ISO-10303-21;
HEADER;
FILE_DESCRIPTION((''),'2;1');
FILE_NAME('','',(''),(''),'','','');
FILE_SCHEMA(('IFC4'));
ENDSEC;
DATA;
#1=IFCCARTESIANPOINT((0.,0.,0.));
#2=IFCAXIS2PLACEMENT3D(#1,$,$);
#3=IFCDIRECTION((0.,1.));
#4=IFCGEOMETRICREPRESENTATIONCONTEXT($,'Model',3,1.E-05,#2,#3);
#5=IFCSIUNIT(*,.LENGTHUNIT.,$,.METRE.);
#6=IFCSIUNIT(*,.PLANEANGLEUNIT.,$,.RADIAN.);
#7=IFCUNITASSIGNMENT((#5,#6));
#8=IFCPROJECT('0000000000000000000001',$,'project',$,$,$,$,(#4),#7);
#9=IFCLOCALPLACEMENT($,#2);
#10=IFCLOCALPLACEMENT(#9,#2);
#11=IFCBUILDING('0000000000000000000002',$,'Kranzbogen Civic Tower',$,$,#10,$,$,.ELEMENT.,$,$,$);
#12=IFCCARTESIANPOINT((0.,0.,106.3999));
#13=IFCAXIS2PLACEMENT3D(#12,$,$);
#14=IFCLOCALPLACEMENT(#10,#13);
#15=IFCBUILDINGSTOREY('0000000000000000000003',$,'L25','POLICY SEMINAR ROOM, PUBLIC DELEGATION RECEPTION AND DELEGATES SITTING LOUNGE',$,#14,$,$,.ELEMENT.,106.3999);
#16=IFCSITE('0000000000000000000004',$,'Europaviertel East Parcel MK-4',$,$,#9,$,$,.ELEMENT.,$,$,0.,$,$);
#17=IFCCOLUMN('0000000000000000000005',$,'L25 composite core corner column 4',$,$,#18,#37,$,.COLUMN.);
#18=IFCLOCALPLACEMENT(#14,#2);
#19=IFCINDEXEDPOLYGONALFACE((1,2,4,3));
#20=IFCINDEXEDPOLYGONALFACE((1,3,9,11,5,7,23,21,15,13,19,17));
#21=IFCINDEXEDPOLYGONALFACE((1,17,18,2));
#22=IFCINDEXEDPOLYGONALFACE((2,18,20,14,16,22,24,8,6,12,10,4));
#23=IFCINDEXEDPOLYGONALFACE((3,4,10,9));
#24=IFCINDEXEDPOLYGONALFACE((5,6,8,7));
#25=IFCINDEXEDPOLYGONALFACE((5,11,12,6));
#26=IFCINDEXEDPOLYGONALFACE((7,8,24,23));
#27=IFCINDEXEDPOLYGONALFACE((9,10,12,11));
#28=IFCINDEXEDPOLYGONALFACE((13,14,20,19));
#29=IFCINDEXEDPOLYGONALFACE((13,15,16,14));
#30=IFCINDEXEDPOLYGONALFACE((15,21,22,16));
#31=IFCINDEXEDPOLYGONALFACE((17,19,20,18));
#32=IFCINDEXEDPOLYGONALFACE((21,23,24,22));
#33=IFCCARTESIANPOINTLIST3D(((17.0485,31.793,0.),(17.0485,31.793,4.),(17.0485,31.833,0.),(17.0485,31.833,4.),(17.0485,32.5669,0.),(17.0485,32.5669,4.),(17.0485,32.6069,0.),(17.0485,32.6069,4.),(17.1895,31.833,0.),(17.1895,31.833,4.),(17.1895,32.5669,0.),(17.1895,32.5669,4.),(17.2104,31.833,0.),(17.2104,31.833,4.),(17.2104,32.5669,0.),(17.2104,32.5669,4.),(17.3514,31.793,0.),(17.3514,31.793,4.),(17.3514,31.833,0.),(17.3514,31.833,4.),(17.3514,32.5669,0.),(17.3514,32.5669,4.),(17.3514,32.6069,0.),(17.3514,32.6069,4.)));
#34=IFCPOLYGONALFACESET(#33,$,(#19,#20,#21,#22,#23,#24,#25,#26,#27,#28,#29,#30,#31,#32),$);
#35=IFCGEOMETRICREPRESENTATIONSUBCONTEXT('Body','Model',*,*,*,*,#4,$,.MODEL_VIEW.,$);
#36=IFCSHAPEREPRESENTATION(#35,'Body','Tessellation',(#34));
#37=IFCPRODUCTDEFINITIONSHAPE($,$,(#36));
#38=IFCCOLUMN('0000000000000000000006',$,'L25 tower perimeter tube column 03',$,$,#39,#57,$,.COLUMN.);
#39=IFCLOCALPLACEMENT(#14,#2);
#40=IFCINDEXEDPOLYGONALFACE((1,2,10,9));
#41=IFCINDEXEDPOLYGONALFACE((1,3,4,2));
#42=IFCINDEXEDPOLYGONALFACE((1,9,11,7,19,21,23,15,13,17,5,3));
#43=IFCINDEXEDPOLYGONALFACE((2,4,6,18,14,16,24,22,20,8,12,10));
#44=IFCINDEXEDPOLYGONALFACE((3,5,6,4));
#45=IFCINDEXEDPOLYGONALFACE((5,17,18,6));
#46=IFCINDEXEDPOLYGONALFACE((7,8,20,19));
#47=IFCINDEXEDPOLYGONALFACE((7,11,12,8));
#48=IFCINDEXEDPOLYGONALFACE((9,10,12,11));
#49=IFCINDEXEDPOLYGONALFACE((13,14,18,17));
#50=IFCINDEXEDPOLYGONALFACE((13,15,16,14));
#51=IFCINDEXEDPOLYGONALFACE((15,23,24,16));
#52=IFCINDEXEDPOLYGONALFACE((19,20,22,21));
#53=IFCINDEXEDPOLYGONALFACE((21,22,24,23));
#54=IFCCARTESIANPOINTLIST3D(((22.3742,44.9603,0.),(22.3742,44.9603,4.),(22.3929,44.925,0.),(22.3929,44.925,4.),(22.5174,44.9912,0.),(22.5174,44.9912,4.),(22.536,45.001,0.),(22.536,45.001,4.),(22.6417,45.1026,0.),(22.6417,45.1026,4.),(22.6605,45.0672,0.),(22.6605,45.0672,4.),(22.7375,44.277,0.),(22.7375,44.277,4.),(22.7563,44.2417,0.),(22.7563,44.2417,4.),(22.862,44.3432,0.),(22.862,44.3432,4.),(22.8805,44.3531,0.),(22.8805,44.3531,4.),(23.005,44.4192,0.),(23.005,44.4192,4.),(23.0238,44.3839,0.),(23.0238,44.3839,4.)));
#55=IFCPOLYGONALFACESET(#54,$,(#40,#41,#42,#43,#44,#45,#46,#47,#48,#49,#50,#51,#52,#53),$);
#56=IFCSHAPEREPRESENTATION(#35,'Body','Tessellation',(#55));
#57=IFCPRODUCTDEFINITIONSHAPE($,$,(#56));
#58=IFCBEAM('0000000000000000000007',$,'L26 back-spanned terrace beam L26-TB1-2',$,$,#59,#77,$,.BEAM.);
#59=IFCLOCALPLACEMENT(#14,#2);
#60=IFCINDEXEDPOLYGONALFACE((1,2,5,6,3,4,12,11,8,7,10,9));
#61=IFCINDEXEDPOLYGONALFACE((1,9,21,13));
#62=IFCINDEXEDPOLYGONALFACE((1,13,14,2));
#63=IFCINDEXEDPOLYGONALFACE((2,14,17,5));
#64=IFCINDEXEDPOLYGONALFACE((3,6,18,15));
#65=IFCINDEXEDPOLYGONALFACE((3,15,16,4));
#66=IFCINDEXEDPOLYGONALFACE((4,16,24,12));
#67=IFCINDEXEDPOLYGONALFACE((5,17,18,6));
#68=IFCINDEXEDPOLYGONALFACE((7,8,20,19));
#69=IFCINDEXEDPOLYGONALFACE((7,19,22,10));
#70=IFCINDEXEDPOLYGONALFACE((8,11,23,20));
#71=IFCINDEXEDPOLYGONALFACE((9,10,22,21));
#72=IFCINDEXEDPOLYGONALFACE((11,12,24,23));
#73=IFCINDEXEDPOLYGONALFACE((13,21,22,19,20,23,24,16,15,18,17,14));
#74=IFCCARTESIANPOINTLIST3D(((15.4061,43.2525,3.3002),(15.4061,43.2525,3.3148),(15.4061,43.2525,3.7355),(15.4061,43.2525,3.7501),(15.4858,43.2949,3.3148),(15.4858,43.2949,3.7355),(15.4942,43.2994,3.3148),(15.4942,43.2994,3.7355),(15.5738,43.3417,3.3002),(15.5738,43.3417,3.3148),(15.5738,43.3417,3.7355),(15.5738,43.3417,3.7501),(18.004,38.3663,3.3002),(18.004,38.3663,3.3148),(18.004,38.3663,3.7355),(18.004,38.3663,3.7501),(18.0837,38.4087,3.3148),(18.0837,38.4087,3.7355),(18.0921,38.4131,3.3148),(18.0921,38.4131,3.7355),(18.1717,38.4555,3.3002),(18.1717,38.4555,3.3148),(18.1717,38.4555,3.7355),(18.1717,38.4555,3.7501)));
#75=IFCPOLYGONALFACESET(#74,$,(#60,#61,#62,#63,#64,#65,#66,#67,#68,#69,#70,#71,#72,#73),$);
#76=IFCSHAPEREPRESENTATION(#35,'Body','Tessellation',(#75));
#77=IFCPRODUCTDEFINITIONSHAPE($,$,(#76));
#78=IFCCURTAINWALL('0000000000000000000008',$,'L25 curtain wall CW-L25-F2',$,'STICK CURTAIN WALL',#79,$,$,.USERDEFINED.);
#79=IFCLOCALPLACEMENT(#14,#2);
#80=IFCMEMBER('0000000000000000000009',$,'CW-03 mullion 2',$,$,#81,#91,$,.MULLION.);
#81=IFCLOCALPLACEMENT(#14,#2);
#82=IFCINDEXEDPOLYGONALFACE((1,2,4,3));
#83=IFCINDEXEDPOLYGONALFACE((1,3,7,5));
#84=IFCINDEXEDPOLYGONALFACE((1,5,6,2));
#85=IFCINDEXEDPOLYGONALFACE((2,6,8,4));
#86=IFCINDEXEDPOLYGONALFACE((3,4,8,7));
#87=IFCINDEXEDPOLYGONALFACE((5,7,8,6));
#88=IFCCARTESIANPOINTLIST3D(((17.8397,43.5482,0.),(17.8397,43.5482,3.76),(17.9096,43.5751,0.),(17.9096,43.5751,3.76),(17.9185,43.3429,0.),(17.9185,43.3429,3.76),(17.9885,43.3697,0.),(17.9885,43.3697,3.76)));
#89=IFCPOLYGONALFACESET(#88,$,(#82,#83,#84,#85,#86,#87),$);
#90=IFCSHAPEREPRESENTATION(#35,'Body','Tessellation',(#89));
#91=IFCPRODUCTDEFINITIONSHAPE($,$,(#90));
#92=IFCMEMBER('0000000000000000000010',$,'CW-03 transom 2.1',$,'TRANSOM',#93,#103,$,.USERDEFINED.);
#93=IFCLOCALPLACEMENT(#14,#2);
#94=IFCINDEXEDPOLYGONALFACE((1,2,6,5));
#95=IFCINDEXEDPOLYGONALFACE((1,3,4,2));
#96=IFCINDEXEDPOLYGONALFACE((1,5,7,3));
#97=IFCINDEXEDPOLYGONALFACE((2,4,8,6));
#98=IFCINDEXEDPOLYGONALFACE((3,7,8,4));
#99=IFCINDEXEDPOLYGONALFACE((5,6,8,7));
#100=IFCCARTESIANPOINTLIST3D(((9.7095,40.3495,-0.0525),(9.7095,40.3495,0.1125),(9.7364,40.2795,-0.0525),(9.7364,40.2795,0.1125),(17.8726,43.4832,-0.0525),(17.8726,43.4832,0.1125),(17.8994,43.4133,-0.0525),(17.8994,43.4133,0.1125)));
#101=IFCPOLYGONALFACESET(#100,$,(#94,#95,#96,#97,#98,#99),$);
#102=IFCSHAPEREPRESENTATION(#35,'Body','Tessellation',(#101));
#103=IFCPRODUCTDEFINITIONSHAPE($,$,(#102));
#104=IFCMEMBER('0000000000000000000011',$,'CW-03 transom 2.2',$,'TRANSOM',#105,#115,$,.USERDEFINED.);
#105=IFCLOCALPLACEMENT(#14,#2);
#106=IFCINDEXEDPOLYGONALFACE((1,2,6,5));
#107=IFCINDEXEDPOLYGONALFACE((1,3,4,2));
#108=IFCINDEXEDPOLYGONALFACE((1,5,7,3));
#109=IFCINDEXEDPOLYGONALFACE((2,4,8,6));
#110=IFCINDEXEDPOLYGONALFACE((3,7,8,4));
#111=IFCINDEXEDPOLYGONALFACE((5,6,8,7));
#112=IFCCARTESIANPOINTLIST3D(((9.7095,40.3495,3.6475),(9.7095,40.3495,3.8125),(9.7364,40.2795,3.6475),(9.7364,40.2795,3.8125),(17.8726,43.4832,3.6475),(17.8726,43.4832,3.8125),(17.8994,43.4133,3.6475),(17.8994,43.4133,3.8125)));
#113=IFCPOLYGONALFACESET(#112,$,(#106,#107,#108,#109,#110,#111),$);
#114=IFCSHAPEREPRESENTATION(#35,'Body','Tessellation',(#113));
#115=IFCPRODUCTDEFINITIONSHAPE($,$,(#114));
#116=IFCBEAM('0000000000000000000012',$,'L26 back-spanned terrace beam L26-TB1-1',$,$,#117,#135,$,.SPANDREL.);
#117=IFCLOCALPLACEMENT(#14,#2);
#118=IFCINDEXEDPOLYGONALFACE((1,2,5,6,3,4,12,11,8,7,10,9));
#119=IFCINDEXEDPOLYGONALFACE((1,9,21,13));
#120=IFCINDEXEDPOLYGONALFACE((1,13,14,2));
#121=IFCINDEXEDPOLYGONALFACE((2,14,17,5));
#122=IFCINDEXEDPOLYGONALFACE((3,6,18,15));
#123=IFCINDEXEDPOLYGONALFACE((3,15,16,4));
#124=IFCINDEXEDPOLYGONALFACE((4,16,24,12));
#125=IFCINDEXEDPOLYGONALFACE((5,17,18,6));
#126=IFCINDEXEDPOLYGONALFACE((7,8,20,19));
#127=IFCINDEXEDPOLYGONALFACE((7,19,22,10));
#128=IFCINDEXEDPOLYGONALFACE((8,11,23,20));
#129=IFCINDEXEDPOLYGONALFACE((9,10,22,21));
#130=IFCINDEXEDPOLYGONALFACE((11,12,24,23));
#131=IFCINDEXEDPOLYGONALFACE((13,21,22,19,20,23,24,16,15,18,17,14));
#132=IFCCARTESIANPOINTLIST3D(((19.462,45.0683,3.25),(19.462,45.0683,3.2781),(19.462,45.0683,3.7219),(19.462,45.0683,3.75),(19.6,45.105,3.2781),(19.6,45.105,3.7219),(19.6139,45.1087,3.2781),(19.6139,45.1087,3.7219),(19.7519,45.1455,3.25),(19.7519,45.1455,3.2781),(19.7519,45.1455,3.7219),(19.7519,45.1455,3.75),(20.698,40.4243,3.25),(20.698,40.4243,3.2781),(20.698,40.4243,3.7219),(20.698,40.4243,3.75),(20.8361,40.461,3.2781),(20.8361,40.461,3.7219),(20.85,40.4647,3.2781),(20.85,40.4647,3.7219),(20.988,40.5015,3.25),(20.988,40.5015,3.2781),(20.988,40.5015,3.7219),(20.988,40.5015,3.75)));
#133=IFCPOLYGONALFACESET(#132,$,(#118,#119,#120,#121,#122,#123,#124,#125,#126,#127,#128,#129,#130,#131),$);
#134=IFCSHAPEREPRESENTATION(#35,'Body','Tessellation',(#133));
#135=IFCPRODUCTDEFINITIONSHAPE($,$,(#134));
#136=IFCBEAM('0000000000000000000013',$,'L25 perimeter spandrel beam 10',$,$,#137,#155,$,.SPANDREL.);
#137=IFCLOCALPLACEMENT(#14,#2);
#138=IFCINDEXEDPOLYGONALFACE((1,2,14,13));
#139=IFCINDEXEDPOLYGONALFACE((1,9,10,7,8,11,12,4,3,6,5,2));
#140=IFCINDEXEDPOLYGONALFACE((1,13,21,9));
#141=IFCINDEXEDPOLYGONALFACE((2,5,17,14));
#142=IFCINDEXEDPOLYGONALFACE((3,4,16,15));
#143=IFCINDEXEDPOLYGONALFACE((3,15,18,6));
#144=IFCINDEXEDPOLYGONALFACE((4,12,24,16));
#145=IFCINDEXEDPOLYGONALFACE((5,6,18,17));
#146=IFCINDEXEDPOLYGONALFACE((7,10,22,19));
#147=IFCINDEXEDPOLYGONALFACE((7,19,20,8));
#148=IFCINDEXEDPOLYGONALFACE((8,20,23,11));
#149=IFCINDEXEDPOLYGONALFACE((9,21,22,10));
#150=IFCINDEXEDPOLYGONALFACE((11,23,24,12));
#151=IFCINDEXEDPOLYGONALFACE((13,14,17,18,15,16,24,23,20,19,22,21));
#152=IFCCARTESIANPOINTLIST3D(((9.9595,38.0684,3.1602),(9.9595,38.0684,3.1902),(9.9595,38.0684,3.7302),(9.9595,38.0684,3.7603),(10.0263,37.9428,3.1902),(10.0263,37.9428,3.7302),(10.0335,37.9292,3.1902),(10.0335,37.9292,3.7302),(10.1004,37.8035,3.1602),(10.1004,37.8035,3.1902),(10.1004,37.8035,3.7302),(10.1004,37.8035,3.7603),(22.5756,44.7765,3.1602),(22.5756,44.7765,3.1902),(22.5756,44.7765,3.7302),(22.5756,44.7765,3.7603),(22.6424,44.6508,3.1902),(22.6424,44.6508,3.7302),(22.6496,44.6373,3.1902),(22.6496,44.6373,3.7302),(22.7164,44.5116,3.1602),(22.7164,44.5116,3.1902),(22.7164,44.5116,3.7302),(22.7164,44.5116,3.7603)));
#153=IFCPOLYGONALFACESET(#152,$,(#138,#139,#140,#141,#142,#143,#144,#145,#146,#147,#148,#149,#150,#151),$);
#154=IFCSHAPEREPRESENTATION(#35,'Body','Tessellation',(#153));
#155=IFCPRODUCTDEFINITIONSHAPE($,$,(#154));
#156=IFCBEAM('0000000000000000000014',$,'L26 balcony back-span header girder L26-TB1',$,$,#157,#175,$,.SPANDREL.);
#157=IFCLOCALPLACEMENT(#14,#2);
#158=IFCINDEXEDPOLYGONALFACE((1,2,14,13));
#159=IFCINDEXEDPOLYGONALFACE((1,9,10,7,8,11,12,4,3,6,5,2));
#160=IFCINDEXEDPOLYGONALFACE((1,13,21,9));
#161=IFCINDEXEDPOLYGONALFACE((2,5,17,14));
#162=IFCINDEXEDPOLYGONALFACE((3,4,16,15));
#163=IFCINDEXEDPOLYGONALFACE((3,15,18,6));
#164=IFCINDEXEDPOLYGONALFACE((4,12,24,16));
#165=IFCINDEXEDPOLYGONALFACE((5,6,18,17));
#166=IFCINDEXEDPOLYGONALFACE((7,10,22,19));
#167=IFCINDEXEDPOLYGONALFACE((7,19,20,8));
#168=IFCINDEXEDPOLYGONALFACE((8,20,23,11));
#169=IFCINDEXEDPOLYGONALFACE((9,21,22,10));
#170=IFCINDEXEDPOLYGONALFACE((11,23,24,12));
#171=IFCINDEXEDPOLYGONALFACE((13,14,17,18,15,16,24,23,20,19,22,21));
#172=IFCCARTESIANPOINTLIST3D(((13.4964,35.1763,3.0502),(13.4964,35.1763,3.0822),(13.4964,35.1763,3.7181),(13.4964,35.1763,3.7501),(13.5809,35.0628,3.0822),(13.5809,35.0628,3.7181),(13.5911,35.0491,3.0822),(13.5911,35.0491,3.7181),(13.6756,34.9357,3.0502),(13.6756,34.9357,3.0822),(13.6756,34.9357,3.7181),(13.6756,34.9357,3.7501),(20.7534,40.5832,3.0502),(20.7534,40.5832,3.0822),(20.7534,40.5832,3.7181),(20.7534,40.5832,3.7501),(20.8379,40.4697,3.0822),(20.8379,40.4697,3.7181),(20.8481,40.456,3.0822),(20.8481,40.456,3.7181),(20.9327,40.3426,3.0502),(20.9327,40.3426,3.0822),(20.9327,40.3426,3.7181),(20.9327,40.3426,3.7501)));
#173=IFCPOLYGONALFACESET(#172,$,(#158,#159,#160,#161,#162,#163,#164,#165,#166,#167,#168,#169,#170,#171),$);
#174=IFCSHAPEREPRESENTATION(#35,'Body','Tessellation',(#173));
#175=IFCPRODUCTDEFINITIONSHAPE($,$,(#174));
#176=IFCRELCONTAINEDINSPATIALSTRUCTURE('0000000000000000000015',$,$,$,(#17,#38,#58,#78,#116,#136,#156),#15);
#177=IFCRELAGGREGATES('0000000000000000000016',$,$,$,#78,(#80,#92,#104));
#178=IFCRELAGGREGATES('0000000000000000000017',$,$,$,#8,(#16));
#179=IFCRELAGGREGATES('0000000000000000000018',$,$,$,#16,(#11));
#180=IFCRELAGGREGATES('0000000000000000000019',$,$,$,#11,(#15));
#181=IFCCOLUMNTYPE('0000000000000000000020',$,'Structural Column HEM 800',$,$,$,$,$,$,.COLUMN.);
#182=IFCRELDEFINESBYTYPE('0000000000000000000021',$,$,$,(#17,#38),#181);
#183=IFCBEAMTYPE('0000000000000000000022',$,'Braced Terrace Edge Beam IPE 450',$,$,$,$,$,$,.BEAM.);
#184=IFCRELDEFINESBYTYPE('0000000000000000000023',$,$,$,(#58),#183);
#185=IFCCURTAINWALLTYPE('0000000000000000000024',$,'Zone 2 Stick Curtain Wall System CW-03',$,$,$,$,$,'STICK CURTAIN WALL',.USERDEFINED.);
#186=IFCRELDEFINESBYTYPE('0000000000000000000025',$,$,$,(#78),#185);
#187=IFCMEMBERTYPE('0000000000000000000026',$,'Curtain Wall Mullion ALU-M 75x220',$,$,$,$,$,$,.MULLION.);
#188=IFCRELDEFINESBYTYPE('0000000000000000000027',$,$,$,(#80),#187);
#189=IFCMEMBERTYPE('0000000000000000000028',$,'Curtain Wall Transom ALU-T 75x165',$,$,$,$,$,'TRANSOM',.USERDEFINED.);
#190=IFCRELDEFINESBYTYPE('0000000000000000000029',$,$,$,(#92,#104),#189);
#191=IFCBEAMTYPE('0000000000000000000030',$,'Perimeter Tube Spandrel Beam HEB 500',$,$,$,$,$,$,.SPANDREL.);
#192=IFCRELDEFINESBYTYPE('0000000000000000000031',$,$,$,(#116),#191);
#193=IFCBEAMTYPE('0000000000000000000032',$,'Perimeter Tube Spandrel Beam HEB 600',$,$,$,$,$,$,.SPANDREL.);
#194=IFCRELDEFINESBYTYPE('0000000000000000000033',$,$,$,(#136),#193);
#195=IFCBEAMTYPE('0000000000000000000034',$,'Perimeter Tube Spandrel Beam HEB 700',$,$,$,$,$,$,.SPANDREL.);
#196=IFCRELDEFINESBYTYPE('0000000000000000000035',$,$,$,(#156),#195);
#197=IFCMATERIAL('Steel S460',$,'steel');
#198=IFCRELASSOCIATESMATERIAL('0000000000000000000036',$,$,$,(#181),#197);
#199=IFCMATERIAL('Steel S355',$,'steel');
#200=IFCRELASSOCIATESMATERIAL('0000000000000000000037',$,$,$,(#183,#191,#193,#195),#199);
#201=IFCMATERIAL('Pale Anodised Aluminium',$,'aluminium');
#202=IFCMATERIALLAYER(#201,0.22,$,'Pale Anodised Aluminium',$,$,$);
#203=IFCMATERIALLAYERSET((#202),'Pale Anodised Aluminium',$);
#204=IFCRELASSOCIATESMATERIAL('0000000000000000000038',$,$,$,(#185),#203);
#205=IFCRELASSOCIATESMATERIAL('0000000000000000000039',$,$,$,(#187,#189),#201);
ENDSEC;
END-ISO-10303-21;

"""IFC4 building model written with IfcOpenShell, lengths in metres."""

from ifc_helpers import new_model, si_unit, direction, frame, origin, origin_2d, place, context, subcontext, project, spatial, rectangle, i_section, extrude, material, layer, layer_set, material_profile, profile_set, type_object, element, aggregate, save


model = new_model("IFC4")

# Units and contexts
model_context = context("Model", 3, precision=1e-05, world=origin(), true_north=direction((0.0, 1.0)))
body_context = subcontext(model_context, "Body", "Model", "MODEL_VIEW")
ifc_project = project(units=[si_unit("LENGTHUNIT", "METRE"), si_unit("PLANEANGLEUNIT", "RADIAN")], contexts=[model_context])

# Site, building, storey
site_placement = place(None, origin())
site = spatial("IfcSite", under=ifc_project, at=site_placement, Name="Europaviertel East Parcel MK-4", CompositionType="ELEMENT", RefElevation=0.0)
building_placement = place(site_placement, origin())
building = spatial("IfcBuilding", under=site, at=building_placement, Name="Kranzbogen Civic Tower", CompositionType="ELEMENT")
storey_placement = place(building_placement, frame((0.0, 0.0, 106.3999)))
storey = spatial("IfcBuildingStorey", under=building, at=storey_placement, Name="L25", Description="POLICY SEMINAR ROOM, PUBLIC DELEGATION RECEPTION AND DELEGATES SITTING LOUNGE", CompositionType="ELEMENT", Elevation=106.3999)

# Columns
ifc_material_1 = material(Name="Steel S460", Category="steel")
ifc_material_profile_1 = material_profile(ifc_material_1, i_section(OverallWidth=0.303, OverallDepth=0.814, WebThickness=0.021, FlangeThickness=0.04, at=origin_2d()), Name="HEM 800")
ifc_profile_set_1 = profile_set([ifc_material_profile_1], Name="Steel S460")
column_type = type_object("IfcColumnType", Name="Structural Column HEM 800", PredefinedType="COLUMN", material=ifc_profile_set_1)
for number, where, z_axis, x_axis, name in (
    (1, (17.2, 32.2, 0.0), (0.0, 0.0, 1.0), (1.0, 0.0, 0.0), "L25 composite core corner column 4"),
    (2, (22.699, 44.6721, 0.0), (0.0, 0.0, 1.0), (0.882948, 0.469472, 0.0), "L25 tower perimeter tube column 03"),
):
    element("IfcColumn", number, at=place(storey_placement, frame(where, z_axis=z_axis, x_axis=x_axis)), inside=storey, type_object=column_type, Name=name, PredefinedType="COLUMN", context=body_context, shape_type="SweptSolid", body=[
        extrude(i_section(OverallWidth=0.303, OverallDepth=0.814, WebThickness=0.021, FlangeThickness=0.04, at=origin_2d()), origin(), (0.0, 0.0, 1.0), 4.0),
    ])

# Beam
ifc_material_2 = material(Name="Steel S355", Category="steel")
ifc_material_profile_2 = material_profile(ifc_material_2, i_section(OverallWidth=0.1899, OverallDepth=0.45, WebThickness=0.0095, FlangeThickness=0.0146, at=origin_2d()), Name="IPE 450")
ifc_profile_set_2 = profile_set([ifc_material_profile_2], Name="Steel S355")
beam_type_1 = type_object("IfcBeamType", Name="Braced Terrace Edge Beam IPE 450", PredefinedType="BEAM", material=ifc_profile_set_2)
beam_1_placement = place(storey_placement, frame((18.0879, 38.4109, 3.5251), z_axis=(-0.46945, 0.882959, 0.0), x_axis=(-0.882959, -0.46945, 0.0)))
element("IfcBeam", 3, at=beam_1_placement, inside=storey, type_object=beam_type_1, Name="L26 back-spanned terrace beam L26-TB1-2", PredefinedType="BEAM", context=body_context, shape_type="SweptSolid", body=[
    extrude(i_section(OverallWidth=0.1899, OverallDepth=0.45, WebThickness=0.0095, FlangeThickness=0.0146, at=origin_2d()), origin(), (0.0, 0.0, 1.0), 5.5339),
])

# Curtain wall, members
ifc_material_3 = material(Name="Pale Anodised Aluminium", Category="aluminium")
ifc_layer_1 = layer(ifc_material_3, 0.22, Name="Pale Anodised Aluminium")
ifc_layer_set_1 = layer_set([ifc_layer_1], Name="Pale Anodised Aluminium")
curtain_wall_type = type_object("IfcCurtainWallType", Name="Zone 2 Stick Curtain Wall System CW-03", ElementType="STICK CURTAIN WALL", PredefinedType="USERDEFINED", material=ifc_layer_set_1)
curtain_wall_placement = place(storey_placement, origin())
curtain_wall = element("IfcCurtainWall", 4, at=curtain_wall_placement, inside=storey, type_object=curtain_wall_type, Name="L25 curtain wall CW-L25-F2", ObjectType="STICK CURTAIN WALL", PredefinedType="USERDEFINED")
ifc_material_profile_3 = material_profile(ifc_material_3, rectangle(XDim=0.075, YDim=0.22, at=origin_2d()), Name="ALU-M 75x220")
ifc_profile_set_3 = profile_set([ifc_material_profile_3], Name="Pale Anodised Aluminium")
member_type_1 = type_object("IfcMemberType", Name="Curtain Wall Mullion ALU-M 75x220", PredefinedType="MULLION", material=ifc_profile_set_3)
member_1_placement = place(storey_placement, frame((17.9141, 43.459, 0.0), z_axis=(0.0, 0.0, 1.0), x_axis=(-0.93357, -0.358395, 0.0)))
member_1 = element("IfcMember", 5, at=member_1_placement, type_object=member_type_1, Name="CW-03 mullion 2", PredefinedType="MULLION", context=body_context, shape_type="SweptSolid", body=[
    extrude(rectangle(XDim=0.075, YDim=0.22, at=origin_2d()), origin(), (0.0, 0.0, 1.0), 3.76),
])
ifc_material_profile_4 = material_profile(ifc_material_3, rectangle(XDim=0.075, YDim=0.165, at=origin_2d()), Name="ALU-T 75x165")
ifc_profile_set_4 = profile_set([ifc_material_profile_4], Name="Pale Anodised Aluminium")
member_type_2 = type_object("IfcMemberType", Name="Curtain Wall Transom ALU-T 75x165", ElementType="TRANSOM", PredefinedType="USERDEFINED", material=ifc_profile_set_4)
member_2_placement = place(storey_placement, frame((17.886, 43.4482, 0.03), z_axis=(-0.93357, -0.358395, 0.0), x_axis=(0.358395, -0.93357, 0.0)))
member_2 = element("IfcMember", 6, at=member_2_placement, type_object=member_type_2, Name="CW-03 transom 2.1", ObjectType="TRANSOM", PredefinedType="USERDEFINED", context=body_context, shape_type="SweptSolid", body=[
    extrude(rectangle(XDim=0.075, YDim=0.165, at=origin_2d()), origin(), (0.0, 0.0, 1.0), 8.7439),
])
member_3_placement = place(storey_placement, frame((17.886, 43.4482, 3.73), z_axis=(-0.93357, -0.358395, 0.0), x_axis=(0.358395, -0.93357, 0.0)))
member_3 = element("IfcMember", 7, at=member_3_placement, type_object=member_type_2, Name="CW-03 transom 2.2", ObjectType="TRANSOM", PredefinedType="USERDEFINED", context=body_context, shape_type="SweptSolid", body=[
    extrude(rectangle(XDim=0.075, YDim=0.165, at=origin_2d()), origin(), (0.0, 0.0, 1.0), 8.7439),
])

# Beams
ifc_material_profile_5 = material_profile(ifc_material_2, i_section(OverallWidth=0.3, OverallDepth=0.5, WebThickness=0.0144, FlangeThickness=0.0281, at=origin_2d()), Name="HEB 500")
ifc_profile_set_5 = profile_set([ifc_material_profile_5], Name="Steel S355")
beam_type_2 = type_object("IfcBeamType", Name="Perimeter Tube Spandrel Beam HEB 500", PredefinedType="SPANDREL", material=ifc_profile_set_5)
beam_2_placement = place(storey_placement, frame((20.843, 40.4629, 3.5), z_axis=(-0.25721, 0.966355, 0.0), x_axis=(-0.966355, -0.25721, 0.0)))
element("IfcBeam", 8, at=beam_2_placement, inside=storey, type_object=beam_type_2, Name="L26 back-spanned terrace beam L26-TB1-1", PredefinedType="SPANDREL", context=body_context, shape_type="SweptSolid", body=[
    extrude(i_section(OverallWidth=0.3, OverallDepth=0.5, WebThickness=0.0144, FlangeThickness=0.0281, at=origin_2d()), origin(), (0.0, 0.0, 1.0), 4.8057),
])
ifc_material_profile_6 = material_profile(ifc_material_2, i_section(OverallWidth=0.3, OverallDepth=0.6001, WebThickness=0.0154, FlangeThickness=0.03, at=origin_2d()), Name="HEB 600")
ifc_profile_set_6 = profile_set([ifc_material_profile_6], Name="Steel S355")
beam_type_3 = type_object("IfcBeamType", Name="Perimeter Tube Spandrel Beam HEB 600", PredefinedType="SPANDREL", material=ifc_profile_set_6)
beam_3_placement = place(storey_placement, frame((22.646, 44.644, 3.4602), z_axis=(-0.882948, -0.46947, 0.0), x_axis=(0.46947, -0.882948, 0.0)))
element("IfcBeam", 9, at=beam_3_placement, inside=storey, type_object=beam_type_3, Name="L25 perimeter spandrel beam 10", PredefinedType="SPANDREL", context=body_context, shape_type="SweptSolid", body=[
    extrude(i_section(OverallWidth=0.3, OverallDepth=0.6001, WebThickness=0.0154, FlangeThickness=0.03, at=origin_2d()), origin(), (0.0, 0.0, 1.0), 14.2886),
])
ifc_material_profile_7 = material_profile(ifc_material_2, i_section(OverallWidth=0.3, OverallDepth=0.7, WebThickness=0.0171, FlangeThickness=0.032, at=origin_2d()), Name="HEB 700")
ifc_profile_set_7 = profile_set([ifc_material_profile_7], Name="Steel S355")
beam_type_4 = type_object("IfcBeamType", Name="Perimeter Tube Spandrel Beam HEB 700", PredefinedType="SPANDREL", material=ifc_profile_set_7)
beam_4_placement = place(storey_placement, frame((20.843, 40.4629, 3.4001), z_axis=(-0.801896, -0.597463, 0.0), x_axis=(0.597463, -0.801896, 0.0)))
element("IfcBeam", 10, at=beam_4_placement, inside=storey, type_object=beam_type_4, Name="L26 balcony back-span header girder L26-TB1", PredefinedType="SPANDREL", context=body_context, shape_type="SweptSolid", body=[
    extrude(i_section(OverallWidth=0.3, OverallDepth=0.7, WebThickness=0.0171, FlangeThickness=0.032, at=origin_2d()), origin(), (0.0, 0.0, 1.0), 9.0498),
])

aggregate(curtain_wall, [member_1, member_2, member_3])

save(model, "model.ifc")
